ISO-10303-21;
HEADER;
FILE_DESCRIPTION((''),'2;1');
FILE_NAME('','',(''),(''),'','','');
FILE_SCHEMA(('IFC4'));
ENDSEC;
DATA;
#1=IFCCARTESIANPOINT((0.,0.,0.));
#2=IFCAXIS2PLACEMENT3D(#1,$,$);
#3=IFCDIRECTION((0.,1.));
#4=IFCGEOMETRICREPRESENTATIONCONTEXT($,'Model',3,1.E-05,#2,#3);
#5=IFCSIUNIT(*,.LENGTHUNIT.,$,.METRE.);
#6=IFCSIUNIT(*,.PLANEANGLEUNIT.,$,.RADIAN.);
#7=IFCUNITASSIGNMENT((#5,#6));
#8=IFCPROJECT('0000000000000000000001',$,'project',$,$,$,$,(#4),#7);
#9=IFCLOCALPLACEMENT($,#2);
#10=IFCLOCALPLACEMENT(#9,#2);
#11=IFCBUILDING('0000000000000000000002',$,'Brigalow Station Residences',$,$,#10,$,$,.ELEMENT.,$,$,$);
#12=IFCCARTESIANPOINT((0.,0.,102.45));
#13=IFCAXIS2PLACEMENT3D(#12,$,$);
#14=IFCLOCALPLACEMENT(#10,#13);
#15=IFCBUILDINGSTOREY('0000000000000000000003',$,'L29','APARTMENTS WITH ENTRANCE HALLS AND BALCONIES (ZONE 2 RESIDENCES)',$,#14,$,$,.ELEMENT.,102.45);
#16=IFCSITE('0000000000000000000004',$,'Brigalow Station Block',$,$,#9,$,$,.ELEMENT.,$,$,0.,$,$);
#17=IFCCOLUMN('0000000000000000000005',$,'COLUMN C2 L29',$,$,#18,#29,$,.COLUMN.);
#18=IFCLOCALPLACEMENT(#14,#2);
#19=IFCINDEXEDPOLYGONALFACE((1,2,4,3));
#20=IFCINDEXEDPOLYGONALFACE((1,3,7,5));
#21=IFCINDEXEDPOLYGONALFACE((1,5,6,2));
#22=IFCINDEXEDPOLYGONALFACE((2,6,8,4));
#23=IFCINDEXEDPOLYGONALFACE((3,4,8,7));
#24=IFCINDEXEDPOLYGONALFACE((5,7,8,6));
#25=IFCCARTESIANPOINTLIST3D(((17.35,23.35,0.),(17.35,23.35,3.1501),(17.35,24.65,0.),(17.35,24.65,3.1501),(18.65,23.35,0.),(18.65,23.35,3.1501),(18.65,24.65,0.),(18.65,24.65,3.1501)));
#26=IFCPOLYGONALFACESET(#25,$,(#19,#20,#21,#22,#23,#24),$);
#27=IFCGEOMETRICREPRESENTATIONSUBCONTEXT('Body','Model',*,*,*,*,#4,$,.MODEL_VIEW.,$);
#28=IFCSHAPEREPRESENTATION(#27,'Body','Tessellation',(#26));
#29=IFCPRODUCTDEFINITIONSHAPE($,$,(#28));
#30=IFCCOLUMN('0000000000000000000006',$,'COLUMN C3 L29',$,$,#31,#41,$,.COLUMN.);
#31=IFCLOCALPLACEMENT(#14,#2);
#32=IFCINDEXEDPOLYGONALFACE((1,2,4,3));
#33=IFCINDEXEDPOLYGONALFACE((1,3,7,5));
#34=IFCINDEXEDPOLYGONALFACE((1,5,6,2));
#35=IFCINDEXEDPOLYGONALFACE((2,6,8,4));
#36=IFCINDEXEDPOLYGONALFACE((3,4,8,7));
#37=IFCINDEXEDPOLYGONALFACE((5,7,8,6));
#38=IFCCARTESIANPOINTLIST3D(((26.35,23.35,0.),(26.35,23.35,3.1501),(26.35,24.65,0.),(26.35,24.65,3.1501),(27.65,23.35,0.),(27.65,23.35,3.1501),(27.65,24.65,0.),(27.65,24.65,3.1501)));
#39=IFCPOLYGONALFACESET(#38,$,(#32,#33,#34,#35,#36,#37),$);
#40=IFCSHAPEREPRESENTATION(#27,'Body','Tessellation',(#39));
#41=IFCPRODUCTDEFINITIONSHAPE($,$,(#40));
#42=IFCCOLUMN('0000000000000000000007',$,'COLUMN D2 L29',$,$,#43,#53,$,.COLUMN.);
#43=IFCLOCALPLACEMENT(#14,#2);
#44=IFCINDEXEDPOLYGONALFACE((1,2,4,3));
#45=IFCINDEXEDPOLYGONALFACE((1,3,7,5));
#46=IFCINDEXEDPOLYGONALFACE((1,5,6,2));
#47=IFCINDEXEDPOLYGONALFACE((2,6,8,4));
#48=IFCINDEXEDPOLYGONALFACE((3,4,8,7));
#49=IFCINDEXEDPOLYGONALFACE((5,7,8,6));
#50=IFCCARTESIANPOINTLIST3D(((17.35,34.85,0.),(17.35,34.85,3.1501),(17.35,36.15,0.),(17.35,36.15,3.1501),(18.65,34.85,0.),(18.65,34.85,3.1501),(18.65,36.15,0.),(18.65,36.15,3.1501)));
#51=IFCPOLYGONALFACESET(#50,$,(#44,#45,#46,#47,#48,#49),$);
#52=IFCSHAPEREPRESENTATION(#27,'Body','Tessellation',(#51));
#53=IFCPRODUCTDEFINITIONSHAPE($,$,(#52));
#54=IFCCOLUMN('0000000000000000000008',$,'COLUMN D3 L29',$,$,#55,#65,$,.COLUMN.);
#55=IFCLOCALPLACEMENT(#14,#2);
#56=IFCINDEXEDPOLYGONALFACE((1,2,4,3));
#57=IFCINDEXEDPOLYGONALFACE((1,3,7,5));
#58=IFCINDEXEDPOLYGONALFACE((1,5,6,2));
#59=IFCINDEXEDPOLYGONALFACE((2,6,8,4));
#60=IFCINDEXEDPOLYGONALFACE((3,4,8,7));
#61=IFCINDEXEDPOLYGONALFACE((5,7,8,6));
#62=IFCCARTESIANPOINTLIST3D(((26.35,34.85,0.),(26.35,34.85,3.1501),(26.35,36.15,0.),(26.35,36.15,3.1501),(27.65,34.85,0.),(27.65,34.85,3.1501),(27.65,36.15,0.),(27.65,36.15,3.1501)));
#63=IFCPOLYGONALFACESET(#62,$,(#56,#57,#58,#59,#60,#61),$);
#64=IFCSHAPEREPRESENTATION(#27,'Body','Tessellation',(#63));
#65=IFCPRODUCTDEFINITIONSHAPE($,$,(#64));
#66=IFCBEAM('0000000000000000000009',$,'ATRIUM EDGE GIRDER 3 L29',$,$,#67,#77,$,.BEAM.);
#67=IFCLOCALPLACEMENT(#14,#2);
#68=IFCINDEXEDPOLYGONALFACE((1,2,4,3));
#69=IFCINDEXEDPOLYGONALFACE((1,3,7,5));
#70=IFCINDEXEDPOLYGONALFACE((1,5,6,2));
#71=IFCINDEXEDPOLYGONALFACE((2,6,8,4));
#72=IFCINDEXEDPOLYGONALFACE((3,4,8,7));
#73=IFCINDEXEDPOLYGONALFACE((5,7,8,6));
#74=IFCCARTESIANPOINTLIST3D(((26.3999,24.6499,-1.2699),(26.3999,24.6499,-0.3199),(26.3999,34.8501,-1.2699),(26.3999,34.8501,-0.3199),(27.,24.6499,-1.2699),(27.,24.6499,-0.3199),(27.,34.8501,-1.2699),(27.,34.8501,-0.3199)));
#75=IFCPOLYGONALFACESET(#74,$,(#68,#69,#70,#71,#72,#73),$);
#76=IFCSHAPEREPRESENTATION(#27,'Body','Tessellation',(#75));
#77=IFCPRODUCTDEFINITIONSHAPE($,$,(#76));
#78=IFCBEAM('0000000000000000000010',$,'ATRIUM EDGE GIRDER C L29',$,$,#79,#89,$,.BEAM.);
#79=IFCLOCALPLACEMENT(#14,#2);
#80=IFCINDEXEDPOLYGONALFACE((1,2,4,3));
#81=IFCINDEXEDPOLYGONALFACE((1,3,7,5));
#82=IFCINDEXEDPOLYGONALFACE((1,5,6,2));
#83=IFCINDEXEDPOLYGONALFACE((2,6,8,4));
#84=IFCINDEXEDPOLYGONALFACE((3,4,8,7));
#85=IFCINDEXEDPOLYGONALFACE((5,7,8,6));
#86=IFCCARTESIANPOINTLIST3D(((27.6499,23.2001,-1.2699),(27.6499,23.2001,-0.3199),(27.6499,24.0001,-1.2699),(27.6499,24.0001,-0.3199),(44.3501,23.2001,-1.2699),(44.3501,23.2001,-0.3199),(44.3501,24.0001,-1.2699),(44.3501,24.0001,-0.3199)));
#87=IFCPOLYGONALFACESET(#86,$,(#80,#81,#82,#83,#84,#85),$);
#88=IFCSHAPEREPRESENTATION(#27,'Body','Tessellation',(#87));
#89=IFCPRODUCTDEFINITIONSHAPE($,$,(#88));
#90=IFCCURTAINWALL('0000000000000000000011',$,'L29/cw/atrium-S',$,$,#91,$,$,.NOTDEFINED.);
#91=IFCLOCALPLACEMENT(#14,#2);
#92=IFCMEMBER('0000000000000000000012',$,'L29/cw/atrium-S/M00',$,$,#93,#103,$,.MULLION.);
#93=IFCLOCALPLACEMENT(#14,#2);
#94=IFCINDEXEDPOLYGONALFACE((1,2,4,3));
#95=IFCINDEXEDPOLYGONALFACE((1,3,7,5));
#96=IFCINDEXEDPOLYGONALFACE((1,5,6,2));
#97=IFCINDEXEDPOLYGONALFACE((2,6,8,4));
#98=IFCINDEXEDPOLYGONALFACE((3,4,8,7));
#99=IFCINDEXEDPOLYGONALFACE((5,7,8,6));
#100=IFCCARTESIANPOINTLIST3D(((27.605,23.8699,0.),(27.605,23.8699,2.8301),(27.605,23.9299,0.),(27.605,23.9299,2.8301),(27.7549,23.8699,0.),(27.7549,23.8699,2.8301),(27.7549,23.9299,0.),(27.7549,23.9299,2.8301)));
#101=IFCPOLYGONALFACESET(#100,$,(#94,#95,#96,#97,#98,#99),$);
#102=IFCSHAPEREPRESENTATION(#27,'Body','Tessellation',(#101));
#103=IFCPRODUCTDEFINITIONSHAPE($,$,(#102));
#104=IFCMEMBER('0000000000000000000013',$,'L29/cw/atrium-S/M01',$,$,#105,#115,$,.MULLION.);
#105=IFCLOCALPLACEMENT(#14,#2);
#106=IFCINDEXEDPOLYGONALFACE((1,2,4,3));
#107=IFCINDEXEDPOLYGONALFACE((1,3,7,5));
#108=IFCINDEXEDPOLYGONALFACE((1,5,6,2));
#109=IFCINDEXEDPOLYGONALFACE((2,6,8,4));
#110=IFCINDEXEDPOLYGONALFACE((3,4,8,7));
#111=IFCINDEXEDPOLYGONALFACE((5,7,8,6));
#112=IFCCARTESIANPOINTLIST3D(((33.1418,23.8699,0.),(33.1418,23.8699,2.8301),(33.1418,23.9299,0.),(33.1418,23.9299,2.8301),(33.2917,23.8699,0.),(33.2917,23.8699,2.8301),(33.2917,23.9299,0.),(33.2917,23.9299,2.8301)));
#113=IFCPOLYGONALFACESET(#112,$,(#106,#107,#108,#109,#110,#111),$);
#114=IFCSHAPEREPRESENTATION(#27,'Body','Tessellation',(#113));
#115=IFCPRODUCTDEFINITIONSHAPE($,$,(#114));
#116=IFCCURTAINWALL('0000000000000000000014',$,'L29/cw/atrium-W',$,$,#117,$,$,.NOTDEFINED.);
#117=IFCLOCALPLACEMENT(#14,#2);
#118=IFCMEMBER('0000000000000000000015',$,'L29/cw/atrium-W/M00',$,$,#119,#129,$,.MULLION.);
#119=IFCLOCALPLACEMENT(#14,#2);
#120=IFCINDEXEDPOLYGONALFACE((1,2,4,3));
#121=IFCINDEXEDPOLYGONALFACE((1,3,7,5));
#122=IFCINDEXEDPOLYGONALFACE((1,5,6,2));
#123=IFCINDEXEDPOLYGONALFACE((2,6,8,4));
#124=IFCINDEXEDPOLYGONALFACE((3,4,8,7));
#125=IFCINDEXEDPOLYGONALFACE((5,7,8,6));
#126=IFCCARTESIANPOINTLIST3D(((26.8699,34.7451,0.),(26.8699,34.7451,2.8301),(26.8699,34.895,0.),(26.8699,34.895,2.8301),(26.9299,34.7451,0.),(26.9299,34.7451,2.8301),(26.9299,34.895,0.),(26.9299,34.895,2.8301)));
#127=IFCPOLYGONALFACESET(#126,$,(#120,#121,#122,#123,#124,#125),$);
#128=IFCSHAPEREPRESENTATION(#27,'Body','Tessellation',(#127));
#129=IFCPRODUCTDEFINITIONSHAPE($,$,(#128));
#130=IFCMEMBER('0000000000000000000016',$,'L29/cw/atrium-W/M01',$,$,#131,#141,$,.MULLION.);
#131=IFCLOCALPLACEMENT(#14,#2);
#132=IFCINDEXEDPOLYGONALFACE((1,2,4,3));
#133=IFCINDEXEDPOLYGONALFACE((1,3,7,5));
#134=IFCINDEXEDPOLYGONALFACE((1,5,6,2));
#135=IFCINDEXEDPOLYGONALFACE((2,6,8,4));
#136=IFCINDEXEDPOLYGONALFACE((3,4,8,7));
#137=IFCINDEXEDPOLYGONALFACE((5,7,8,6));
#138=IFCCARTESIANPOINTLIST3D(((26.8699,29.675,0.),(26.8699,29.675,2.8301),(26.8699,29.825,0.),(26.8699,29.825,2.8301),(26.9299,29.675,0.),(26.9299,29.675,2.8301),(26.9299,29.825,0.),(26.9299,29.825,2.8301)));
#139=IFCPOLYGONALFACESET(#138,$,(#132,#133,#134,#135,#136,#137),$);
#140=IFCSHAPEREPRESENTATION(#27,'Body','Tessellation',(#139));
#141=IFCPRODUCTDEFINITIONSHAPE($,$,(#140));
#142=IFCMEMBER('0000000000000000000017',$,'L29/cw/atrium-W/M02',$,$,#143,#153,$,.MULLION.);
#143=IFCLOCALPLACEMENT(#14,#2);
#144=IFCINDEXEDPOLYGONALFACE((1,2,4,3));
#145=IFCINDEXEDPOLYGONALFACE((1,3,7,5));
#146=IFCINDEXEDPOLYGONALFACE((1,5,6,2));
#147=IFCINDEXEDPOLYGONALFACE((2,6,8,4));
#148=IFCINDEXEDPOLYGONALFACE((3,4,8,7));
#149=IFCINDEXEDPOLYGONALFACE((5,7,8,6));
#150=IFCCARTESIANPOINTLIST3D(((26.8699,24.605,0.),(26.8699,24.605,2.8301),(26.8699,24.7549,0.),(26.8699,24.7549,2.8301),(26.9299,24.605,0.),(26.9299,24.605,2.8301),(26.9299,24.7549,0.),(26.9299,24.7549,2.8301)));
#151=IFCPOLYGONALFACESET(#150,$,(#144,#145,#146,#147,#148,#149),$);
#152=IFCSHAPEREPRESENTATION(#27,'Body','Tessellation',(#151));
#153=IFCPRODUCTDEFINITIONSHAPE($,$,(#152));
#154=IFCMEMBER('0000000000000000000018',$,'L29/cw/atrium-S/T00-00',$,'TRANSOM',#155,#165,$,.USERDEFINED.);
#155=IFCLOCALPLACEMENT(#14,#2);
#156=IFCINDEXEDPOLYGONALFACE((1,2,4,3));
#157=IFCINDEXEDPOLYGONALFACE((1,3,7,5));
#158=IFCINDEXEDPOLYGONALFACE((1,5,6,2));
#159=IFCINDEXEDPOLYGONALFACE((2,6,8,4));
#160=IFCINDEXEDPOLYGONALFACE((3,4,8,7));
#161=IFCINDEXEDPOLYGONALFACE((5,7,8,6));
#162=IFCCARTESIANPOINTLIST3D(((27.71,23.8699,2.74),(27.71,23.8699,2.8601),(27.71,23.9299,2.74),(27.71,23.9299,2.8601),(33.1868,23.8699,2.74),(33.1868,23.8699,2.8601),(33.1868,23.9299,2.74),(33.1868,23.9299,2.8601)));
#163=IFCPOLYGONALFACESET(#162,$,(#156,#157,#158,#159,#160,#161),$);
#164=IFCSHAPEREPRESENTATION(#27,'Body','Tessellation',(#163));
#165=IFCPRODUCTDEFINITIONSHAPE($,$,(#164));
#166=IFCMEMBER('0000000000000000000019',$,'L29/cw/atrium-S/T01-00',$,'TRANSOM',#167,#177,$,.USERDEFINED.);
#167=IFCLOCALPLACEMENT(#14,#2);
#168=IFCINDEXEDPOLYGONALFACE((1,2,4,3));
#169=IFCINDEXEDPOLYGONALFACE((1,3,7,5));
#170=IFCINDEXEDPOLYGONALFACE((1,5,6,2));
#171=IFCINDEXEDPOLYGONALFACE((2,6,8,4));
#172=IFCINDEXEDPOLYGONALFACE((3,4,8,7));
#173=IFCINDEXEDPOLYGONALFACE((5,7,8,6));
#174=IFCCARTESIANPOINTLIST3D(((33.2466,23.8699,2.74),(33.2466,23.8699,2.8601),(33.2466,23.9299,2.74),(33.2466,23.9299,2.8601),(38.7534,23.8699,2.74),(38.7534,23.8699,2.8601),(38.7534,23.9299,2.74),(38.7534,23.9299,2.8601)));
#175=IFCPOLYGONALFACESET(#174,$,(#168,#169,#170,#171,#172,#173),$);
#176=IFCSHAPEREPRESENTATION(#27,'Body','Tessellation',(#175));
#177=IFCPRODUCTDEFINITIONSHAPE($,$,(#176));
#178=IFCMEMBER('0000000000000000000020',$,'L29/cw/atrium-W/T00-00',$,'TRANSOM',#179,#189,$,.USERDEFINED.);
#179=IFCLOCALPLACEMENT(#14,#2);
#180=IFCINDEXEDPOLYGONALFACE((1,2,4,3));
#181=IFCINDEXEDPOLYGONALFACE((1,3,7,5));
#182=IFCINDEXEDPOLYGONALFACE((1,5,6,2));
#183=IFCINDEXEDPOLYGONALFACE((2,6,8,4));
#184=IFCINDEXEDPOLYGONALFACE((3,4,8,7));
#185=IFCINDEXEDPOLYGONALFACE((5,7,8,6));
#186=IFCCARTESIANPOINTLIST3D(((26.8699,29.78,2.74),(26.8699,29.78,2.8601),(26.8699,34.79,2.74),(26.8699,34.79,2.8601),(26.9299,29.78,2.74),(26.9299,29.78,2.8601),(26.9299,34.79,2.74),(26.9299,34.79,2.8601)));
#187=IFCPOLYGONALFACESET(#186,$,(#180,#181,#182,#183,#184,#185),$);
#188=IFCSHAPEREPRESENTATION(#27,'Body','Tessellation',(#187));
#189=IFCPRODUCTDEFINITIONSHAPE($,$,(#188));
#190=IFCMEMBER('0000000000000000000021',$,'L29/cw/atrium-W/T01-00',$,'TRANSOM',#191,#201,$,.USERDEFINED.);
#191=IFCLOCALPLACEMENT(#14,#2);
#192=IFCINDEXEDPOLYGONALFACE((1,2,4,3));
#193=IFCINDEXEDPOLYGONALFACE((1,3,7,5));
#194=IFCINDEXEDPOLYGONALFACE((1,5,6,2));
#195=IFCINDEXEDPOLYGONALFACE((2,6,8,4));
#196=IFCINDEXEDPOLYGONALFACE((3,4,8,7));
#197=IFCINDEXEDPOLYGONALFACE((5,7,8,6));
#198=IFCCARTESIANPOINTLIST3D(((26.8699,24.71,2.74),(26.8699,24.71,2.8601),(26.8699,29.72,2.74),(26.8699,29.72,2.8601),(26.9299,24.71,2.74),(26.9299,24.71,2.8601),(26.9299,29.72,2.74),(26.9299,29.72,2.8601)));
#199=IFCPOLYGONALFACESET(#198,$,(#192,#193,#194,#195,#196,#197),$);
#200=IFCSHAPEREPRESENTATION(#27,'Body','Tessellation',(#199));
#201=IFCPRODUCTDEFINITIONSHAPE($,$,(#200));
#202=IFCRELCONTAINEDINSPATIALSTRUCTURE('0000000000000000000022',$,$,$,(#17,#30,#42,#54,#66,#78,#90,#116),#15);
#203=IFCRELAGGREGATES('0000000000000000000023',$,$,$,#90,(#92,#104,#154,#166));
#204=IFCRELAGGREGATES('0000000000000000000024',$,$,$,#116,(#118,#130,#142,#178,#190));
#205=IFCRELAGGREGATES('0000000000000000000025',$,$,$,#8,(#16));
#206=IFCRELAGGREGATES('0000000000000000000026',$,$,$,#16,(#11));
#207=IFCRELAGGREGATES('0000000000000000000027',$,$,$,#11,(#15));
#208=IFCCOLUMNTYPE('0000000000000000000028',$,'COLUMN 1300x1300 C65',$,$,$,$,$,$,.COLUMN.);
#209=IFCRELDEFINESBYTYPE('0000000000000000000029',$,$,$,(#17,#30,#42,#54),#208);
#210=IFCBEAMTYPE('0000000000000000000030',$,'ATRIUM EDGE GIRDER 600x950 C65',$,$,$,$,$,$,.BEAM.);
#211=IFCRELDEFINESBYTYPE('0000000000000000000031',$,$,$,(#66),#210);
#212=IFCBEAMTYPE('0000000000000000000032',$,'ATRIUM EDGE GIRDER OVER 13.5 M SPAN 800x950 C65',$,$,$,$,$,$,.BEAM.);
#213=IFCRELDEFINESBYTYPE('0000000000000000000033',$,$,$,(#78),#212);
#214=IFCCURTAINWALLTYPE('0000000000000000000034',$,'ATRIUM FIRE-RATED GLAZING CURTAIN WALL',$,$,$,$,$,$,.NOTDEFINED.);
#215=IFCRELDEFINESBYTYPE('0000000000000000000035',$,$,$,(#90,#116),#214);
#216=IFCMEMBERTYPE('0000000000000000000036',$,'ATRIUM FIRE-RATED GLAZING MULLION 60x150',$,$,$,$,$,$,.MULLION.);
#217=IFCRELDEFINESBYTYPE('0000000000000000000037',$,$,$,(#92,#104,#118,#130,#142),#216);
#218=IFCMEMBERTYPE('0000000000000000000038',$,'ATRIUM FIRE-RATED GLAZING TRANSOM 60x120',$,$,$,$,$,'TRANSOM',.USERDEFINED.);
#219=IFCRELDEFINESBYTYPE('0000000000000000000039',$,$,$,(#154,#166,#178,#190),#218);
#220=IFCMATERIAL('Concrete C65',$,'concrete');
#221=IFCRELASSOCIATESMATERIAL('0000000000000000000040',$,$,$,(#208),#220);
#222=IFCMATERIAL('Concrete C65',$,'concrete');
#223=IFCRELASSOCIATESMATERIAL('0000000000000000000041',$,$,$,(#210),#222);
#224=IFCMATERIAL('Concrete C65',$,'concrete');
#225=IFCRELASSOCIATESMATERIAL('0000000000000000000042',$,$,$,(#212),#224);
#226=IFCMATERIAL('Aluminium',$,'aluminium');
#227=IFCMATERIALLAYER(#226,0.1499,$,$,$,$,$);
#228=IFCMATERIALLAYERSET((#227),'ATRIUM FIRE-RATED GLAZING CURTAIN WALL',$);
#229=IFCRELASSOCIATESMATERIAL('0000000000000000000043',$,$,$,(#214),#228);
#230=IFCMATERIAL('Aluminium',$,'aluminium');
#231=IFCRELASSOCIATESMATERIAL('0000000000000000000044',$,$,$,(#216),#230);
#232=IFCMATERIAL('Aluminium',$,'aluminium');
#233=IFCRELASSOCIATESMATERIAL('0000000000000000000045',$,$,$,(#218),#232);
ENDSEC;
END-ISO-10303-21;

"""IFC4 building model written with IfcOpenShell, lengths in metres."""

from ifc_helpers import new_model, si_unit, direction, frame, origin, origin_2d, place, context, subcontext, project, spatial, rectangle, extrude, material, layer, layer_set, material_profile, profile_set, type_object, element, aggregate, save


model = new_model("IFC4")

# Units and contexts
model_context = context("Model", 3, precision=1e-05, world=origin(), true_north=direction((0.0, 1.0)))
body_context = subcontext(model_context, "Body", "Model", "MODEL_VIEW")
ifc_project = project(units=[si_unit("LENGTHUNIT", "METRE"), si_unit("PLANEANGLEUNIT", "RADIAN")], contexts=[model_context])

# Site, building, storey
site_placement = place(None, origin())
site = spatial("IfcSite", under=ifc_project, at=site_placement, Name="Brigalow Station Block", CompositionType="ELEMENT", RefElevation=0.0)
building_placement = place(site_placement, origin())
building = spatial("IfcBuilding", under=site, at=building_placement, Name="Brigalow Station Residences", CompositionType="ELEMENT")
storey_placement = place(building_placement, frame((0.0, 0.0, 102.45)))
storey = spatial("IfcBuildingStorey", under=building, at=storey_placement, Name="L29", Description="APARTMENTS WITH ENTRANCE HALLS AND BALCONIES (ZONE 2 RESIDENCES)", CompositionType="ELEMENT", Elevation=102.45)

# Columns
ifc_material_1 = material(Name="Concrete C65", Category="concrete")
ifc_material_profile_1 = material_profile(ifc_material_1, rectangle(XDim=1.3, YDim=1.3, at=origin_2d()), Name="RC1300x1300")
ifc_profile_set_1 = profile_set([ifc_material_profile_1], Name="Concrete C65")
column_type = type_object("IfcColumnType", Name="COLUMN 1300x1300 C65", PredefinedType="COLUMN", material=ifc_profile_set_1)
for number, where, z_axis, x_axis, name in (
    (1, (18.0, 24.0, 0.0), (0.0, 0.0, 1.0), (1.0, 0.0, 0.0), "COLUMN C2 L29"),
    (2, (27.0, 24.0, 0.0), (0.0, 0.0, 1.0), (1.0, 0.0, 0.0), "COLUMN C3 L29"),
    (3, (18.0, 35.5, 0.0), (0.0, 0.0, 1.0), (1.0, 0.0, 0.0), "COLUMN D2 L29"),
    (4, (27.0, 35.5, 0.0), (0.0, 0.0, 1.0), (1.0, 0.0, 0.0), "COLUMN D3 L29"),
):
    element("IfcColumn", number, at=place(storey_placement, frame(where, z_axis=z_axis, x_axis=x_axis)), inside=storey, type_object=column_type, Name=name, PredefinedType="COLUMN", context=body_context, shape_type="SweptSolid", body=[
        extrude(rectangle(XDim=1.3, YDim=1.3, at=origin_2d()), origin(), (0.0, 0.0, 1.0), 3.1501),
    ])

# Beams
ifc_material_2 = material(Name="Concrete C65", Category="concrete")
ifc_material_profile_2 = material_profile(ifc_material_2, rectangle(XDim=0.6001, YDim=0.95, at=origin_2d()), Name="RC600x950")
ifc_profile_set_2 = profile_set([ifc_material_profile_2], Name="Concrete C65")
beam_type_1 = type_object("IfcBeamType", Name="ATRIUM EDGE GIRDER 600x950 C65", PredefinedType="BEAM", material=ifc_profile_set_2)
beam_1_placement = place(storey_placement, frame((26.7, 24.6499, -0.7949), z_axis=(0.0, 1.0, 0.0), x_axis=(-1.0, 0.0, 0.0)))
element("IfcBeam", 5, at=beam_1_placement, inside=storey, type_object=beam_type_1, Name="ATRIUM EDGE GIRDER 3 L29", PredefinedType="BEAM", context=body_context, shape_type="SweptSolid", body=[
    extrude(rectangle(XDim=0.6001, YDim=0.95, at=origin_2d()), origin(), (0.0, 0.0, 1.0), 10.2002),
])
ifc_material_3 = material(Name="Concrete C65", Category="concrete")
ifc_material_profile_3 = material_profile(ifc_material_3, rectangle(XDim=0.8, YDim=0.95, at=origin_2d()), Name="RC800x950")
ifc_profile_set_3 = profile_set([ifc_material_profile_3], Name="Concrete C65")
beam_type_2 = type_object("IfcBeamType", Name="ATRIUM EDGE GIRDER OVER 13.5 M SPAN 800x950 C65", PredefinedType="BEAM", material=ifc_profile_set_3)
beam_2_placement = place(storey_placement, frame((27.6499, 23.6001, -0.7949), z_axis=(1.0, 0.0, 0.0), x_axis=(0.0, 1.0, 0.0)))
element("IfcBeam", 6, at=beam_2_placement, inside=storey, type_object=beam_type_2, Name="ATRIUM EDGE GIRDER C L29", PredefinedType="BEAM", context=body_context, shape_type="SweptSolid", body=[
    extrude(rectangle(XDim=0.8, YDim=0.95, at=origin_2d()), origin(), (0.0, 0.0, 1.0), 16.7002),
])

# Curtain walls, members
ifc_material_4 = material(Name="Aluminium", Category="aluminium")
ifc_layer_1 = layer(ifc_material_4, 0.1499)
ifc_layer_set_1 = layer_set([ifc_layer_1], Name="ATRIUM FIRE-RATED GLAZING CURTAIN WALL")
curtain_wall_type = type_object("IfcCurtainWallType", Name="ATRIUM FIRE-RATED GLAZING CURTAIN WALL", PredefinedType="NOTDEFINED", material=ifc_layer_set_1)
curtain_wall_1_placement = place(storey_placement, origin())
curtain_wall_1 = element("IfcCurtainWall", 7, at=curtain_wall_1_placement, inside=storey, type_object=curtain_wall_type, Name="L29/cw/atrium-S", PredefinedType="NOTDEFINED")
ifc_material_5 = material(Name="Aluminium", Category="aluminium")
ifc_material_profile_4 = material_profile(ifc_material_5, rectangle(XDim=0.0601, YDim=0.1499, at=origin_2d()), Name="ATRIUM FIRE-RATED GLAZING MULLION 60x150")
ifc_profile_set_4 = profile_set([ifc_material_profile_4], Name="Aluminium")
member_type_1 = type_object("IfcMemberType", Name="ATRIUM FIRE-RATED GLAZING MULLION 60x150", PredefinedType="MULLION", material=ifc_profile_set_4)
member_1_placement = place(storey_placement, frame((27.6799, 23.8999, 0.0), z_axis=(0.0, 0.0, 1.0), x_axis=(0.0, 1.0, 0.0)))
member_1 = element("IfcMember", 8, at=member_1_placement, type_object=member_type_1, Name="L29/cw/atrium-S/M00", PredefinedType="MULLION", context=body_context, shape_type="SweptSolid", body=[
    extrude(rectangle(XDim=0.0601, YDim=0.1499, at=origin_2d()), origin(), (0.0, 0.0, 1.0), 2.8301),
])
member_2_placement = place(storey_placement, frame((33.2168, 23.8999, 0.0), z_axis=(0.0, 0.0, 1.0), x_axis=(0.0, 1.0, 0.0)))
member_2 = element("IfcMember", 9, at=member_2_placement, type_object=member_type_1, Name="L29/cw/atrium-S/M01", PredefinedType="MULLION", context=body_context, shape_type="SweptSolid", body=[
    extrude(rectangle(XDim=0.0601, YDim=0.1499, at=origin_2d()), origin(), (0.0, 0.0, 1.0), 2.8301),
])
curtain_wall_2_placement = place(storey_placement, origin())
curtain_wall_2 = element("IfcCurtainWall", 10, at=curtain_wall_2_placement, inside=storey, type_object=curtain_wall_type, Name="L29/cw/atrium-W", PredefinedType="NOTDEFINED")
member_3_placement = place(storey_placement, frame((26.8999, 34.8201, 0.0), z_axis=(0.0, 0.0, 1.0), x_axis=(1.0, 0.0, 0.0)))
member_3 = element("IfcMember", 11, at=member_3_placement, type_object=member_type_1, Name="L29/cw/atrium-W/M00", PredefinedType="MULLION", context=body_context, shape_type="SweptSolid", body=[
    extrude(rectangle(XDim=0.0601, YDim=0.1499, at=origin_2d()), origin(), (0.0, 0.0, 1.0), 2.8301),
])
member_4_placement = place(storey_placement, frame((26.8999, 29.75, 0.0), z_axis=(0.0, 0.0, 1.0), x_axis=(1.0, 0.0, 0.0)))
member_4 = element("IfcMember", 12, at=member_4_placement, type_object=member_type_1, Name="L29/cw/atrium-W/M01", PredefinedType="MULLION", context=body_context, shape_type="SweptSolid", body=[
    extrude(rectangle(XDim=0.0601, YDim=0.1499, at=origin_2d()), origin(), (0.0, 0.0, 1.0), 2.8301),
])
member_5_placement = place(storey_placement, frame((26.8999, 24.6799, 0.0), z_axis=(0.0, 0.0, 1.0), x_axis=(1.0, 0.0, 0.0)))
member_5 = element("IfcMember", 13, at=member_5_placement, type_object=member_type_1, Name="L29/cw/atrium-W/M02", PredefinedType="MULLION", context=body_context, shape_type="SweptSolid", body=[
    extrude(rectangle(XDim=0.0601, YDim=0.1499, at=origin_2d()), origin(), (0.0, 0.0, 1.0), 2.8301),
])

# Members
ifc_material_6 = material(Name="Aluminium", Category="aluminium")
ifc_material_profile_5 = material_profile(ifc_material_6, rectangle(XDim=0.0601, YDim=0.1201, at=origin_2d()), Name="ATRIUM FIRE-RATED GLAZING TRANSOM 60x120")
ifc_profile_set_5 = profile_set([ifc_material_profile_5], Name="Aluminium")
member_type_2 = type_object("IfcMemberType", Name="ATRIUM FIRE-RATED GLAZING TRANSOM 60x120", ElementType="TRANSOM", PredefinedType="USERDEFINED", material=ifc_profile_set_5)
member_6_placement = place(storey_placement, frame((27.71, 23.8999, 2.8), z_axis=(1.0, 0.0, 0.0), x_axis=(0.0, 1.0, 0.0)))
member_6 = element("IfcMember", 14, at=member_6_placement, type_object=member_type_2, Name="L29/cw/atrium-S/T00-00", ObjectType="TRANSOM", PredefinedType="USERDEFINED", context=body_context, shape_type="SweptSolid", body=[
    extrude(rectangle(XDim=0.0601, YDim=0.1201, at=origin_2d()), origin(), (0.0, 0.0, 1.0), 5.4768),
])
member_7_placement = place(storey_placement, frame((33.2466, 23.8999, 2.8), z_axis=(1.0, 0.0, 0.0), x_axis=(0.0, 1.0, 0.0)))
member_7 = element("IfcMember", 15, at=member_7_placement, type_object=member_type_2, Name="L29/cw/atrium-S/T01-00", ObjectType="TRANSOM", PredefinedType="USERDEFINED", context=body_context, shape_type="SweptSolid", body=[
    extrude(rectangle(XDim=0.0601, YDim=0.1201, at=origin_2d()), origin(), (0.0, 0.0, 1.0), 5.5068),
])
member_8_placement = place(storey_placement, frame((26.8999, 34.79, 2.8), z_axis=(0.0, -1.0, 0.0), x_axis=(1.0, 0.0, 0.0)))
member_8 = element("IfcMember", 16, at=member_8_placement, type_object=member_type_2, Name="L29/cw/atrium-W/T00-00", ObjectType="TRANSOM", PredefinedType="USERDEFINED", context=body_context, shape_type="SweptSolid", body=[
    extrude(rectangle(XDim=0.0601, YDim=0.1201, at=origin_2d()), origin(), (0.0, 0.0, 1.0), 5.01),
])
member_9_placement = place(storey_placement, frame((26.8999, 29.72, 2.8), z_axis=(0.0, -1.0, 0.0), x_axis=(1.0, 0.0, 0.0)))
member_9 = element("IfcMember", 17, at=member_9_placement, type_object=member_type_2, Name="L29/cw/atrium-W/T01-00", ObjectType="TRANSOM", PredefinedType="USERDEFINED", context=body_context, shape_type="SweptSolid", body=[
    extrude(rectangle(XDim=0.0601, YDim=0.1201, at=origin_2d()), origin(), (0.0, 0.0, 1.0), 5.01),
])

aggregate(curtain_wall_1, [member_1, member_2, member_6, member_7])
aggregate(curtain_wall_2, [member_3, member_4, member_5, member_8, member_9])

save(model, "model.ifc")
